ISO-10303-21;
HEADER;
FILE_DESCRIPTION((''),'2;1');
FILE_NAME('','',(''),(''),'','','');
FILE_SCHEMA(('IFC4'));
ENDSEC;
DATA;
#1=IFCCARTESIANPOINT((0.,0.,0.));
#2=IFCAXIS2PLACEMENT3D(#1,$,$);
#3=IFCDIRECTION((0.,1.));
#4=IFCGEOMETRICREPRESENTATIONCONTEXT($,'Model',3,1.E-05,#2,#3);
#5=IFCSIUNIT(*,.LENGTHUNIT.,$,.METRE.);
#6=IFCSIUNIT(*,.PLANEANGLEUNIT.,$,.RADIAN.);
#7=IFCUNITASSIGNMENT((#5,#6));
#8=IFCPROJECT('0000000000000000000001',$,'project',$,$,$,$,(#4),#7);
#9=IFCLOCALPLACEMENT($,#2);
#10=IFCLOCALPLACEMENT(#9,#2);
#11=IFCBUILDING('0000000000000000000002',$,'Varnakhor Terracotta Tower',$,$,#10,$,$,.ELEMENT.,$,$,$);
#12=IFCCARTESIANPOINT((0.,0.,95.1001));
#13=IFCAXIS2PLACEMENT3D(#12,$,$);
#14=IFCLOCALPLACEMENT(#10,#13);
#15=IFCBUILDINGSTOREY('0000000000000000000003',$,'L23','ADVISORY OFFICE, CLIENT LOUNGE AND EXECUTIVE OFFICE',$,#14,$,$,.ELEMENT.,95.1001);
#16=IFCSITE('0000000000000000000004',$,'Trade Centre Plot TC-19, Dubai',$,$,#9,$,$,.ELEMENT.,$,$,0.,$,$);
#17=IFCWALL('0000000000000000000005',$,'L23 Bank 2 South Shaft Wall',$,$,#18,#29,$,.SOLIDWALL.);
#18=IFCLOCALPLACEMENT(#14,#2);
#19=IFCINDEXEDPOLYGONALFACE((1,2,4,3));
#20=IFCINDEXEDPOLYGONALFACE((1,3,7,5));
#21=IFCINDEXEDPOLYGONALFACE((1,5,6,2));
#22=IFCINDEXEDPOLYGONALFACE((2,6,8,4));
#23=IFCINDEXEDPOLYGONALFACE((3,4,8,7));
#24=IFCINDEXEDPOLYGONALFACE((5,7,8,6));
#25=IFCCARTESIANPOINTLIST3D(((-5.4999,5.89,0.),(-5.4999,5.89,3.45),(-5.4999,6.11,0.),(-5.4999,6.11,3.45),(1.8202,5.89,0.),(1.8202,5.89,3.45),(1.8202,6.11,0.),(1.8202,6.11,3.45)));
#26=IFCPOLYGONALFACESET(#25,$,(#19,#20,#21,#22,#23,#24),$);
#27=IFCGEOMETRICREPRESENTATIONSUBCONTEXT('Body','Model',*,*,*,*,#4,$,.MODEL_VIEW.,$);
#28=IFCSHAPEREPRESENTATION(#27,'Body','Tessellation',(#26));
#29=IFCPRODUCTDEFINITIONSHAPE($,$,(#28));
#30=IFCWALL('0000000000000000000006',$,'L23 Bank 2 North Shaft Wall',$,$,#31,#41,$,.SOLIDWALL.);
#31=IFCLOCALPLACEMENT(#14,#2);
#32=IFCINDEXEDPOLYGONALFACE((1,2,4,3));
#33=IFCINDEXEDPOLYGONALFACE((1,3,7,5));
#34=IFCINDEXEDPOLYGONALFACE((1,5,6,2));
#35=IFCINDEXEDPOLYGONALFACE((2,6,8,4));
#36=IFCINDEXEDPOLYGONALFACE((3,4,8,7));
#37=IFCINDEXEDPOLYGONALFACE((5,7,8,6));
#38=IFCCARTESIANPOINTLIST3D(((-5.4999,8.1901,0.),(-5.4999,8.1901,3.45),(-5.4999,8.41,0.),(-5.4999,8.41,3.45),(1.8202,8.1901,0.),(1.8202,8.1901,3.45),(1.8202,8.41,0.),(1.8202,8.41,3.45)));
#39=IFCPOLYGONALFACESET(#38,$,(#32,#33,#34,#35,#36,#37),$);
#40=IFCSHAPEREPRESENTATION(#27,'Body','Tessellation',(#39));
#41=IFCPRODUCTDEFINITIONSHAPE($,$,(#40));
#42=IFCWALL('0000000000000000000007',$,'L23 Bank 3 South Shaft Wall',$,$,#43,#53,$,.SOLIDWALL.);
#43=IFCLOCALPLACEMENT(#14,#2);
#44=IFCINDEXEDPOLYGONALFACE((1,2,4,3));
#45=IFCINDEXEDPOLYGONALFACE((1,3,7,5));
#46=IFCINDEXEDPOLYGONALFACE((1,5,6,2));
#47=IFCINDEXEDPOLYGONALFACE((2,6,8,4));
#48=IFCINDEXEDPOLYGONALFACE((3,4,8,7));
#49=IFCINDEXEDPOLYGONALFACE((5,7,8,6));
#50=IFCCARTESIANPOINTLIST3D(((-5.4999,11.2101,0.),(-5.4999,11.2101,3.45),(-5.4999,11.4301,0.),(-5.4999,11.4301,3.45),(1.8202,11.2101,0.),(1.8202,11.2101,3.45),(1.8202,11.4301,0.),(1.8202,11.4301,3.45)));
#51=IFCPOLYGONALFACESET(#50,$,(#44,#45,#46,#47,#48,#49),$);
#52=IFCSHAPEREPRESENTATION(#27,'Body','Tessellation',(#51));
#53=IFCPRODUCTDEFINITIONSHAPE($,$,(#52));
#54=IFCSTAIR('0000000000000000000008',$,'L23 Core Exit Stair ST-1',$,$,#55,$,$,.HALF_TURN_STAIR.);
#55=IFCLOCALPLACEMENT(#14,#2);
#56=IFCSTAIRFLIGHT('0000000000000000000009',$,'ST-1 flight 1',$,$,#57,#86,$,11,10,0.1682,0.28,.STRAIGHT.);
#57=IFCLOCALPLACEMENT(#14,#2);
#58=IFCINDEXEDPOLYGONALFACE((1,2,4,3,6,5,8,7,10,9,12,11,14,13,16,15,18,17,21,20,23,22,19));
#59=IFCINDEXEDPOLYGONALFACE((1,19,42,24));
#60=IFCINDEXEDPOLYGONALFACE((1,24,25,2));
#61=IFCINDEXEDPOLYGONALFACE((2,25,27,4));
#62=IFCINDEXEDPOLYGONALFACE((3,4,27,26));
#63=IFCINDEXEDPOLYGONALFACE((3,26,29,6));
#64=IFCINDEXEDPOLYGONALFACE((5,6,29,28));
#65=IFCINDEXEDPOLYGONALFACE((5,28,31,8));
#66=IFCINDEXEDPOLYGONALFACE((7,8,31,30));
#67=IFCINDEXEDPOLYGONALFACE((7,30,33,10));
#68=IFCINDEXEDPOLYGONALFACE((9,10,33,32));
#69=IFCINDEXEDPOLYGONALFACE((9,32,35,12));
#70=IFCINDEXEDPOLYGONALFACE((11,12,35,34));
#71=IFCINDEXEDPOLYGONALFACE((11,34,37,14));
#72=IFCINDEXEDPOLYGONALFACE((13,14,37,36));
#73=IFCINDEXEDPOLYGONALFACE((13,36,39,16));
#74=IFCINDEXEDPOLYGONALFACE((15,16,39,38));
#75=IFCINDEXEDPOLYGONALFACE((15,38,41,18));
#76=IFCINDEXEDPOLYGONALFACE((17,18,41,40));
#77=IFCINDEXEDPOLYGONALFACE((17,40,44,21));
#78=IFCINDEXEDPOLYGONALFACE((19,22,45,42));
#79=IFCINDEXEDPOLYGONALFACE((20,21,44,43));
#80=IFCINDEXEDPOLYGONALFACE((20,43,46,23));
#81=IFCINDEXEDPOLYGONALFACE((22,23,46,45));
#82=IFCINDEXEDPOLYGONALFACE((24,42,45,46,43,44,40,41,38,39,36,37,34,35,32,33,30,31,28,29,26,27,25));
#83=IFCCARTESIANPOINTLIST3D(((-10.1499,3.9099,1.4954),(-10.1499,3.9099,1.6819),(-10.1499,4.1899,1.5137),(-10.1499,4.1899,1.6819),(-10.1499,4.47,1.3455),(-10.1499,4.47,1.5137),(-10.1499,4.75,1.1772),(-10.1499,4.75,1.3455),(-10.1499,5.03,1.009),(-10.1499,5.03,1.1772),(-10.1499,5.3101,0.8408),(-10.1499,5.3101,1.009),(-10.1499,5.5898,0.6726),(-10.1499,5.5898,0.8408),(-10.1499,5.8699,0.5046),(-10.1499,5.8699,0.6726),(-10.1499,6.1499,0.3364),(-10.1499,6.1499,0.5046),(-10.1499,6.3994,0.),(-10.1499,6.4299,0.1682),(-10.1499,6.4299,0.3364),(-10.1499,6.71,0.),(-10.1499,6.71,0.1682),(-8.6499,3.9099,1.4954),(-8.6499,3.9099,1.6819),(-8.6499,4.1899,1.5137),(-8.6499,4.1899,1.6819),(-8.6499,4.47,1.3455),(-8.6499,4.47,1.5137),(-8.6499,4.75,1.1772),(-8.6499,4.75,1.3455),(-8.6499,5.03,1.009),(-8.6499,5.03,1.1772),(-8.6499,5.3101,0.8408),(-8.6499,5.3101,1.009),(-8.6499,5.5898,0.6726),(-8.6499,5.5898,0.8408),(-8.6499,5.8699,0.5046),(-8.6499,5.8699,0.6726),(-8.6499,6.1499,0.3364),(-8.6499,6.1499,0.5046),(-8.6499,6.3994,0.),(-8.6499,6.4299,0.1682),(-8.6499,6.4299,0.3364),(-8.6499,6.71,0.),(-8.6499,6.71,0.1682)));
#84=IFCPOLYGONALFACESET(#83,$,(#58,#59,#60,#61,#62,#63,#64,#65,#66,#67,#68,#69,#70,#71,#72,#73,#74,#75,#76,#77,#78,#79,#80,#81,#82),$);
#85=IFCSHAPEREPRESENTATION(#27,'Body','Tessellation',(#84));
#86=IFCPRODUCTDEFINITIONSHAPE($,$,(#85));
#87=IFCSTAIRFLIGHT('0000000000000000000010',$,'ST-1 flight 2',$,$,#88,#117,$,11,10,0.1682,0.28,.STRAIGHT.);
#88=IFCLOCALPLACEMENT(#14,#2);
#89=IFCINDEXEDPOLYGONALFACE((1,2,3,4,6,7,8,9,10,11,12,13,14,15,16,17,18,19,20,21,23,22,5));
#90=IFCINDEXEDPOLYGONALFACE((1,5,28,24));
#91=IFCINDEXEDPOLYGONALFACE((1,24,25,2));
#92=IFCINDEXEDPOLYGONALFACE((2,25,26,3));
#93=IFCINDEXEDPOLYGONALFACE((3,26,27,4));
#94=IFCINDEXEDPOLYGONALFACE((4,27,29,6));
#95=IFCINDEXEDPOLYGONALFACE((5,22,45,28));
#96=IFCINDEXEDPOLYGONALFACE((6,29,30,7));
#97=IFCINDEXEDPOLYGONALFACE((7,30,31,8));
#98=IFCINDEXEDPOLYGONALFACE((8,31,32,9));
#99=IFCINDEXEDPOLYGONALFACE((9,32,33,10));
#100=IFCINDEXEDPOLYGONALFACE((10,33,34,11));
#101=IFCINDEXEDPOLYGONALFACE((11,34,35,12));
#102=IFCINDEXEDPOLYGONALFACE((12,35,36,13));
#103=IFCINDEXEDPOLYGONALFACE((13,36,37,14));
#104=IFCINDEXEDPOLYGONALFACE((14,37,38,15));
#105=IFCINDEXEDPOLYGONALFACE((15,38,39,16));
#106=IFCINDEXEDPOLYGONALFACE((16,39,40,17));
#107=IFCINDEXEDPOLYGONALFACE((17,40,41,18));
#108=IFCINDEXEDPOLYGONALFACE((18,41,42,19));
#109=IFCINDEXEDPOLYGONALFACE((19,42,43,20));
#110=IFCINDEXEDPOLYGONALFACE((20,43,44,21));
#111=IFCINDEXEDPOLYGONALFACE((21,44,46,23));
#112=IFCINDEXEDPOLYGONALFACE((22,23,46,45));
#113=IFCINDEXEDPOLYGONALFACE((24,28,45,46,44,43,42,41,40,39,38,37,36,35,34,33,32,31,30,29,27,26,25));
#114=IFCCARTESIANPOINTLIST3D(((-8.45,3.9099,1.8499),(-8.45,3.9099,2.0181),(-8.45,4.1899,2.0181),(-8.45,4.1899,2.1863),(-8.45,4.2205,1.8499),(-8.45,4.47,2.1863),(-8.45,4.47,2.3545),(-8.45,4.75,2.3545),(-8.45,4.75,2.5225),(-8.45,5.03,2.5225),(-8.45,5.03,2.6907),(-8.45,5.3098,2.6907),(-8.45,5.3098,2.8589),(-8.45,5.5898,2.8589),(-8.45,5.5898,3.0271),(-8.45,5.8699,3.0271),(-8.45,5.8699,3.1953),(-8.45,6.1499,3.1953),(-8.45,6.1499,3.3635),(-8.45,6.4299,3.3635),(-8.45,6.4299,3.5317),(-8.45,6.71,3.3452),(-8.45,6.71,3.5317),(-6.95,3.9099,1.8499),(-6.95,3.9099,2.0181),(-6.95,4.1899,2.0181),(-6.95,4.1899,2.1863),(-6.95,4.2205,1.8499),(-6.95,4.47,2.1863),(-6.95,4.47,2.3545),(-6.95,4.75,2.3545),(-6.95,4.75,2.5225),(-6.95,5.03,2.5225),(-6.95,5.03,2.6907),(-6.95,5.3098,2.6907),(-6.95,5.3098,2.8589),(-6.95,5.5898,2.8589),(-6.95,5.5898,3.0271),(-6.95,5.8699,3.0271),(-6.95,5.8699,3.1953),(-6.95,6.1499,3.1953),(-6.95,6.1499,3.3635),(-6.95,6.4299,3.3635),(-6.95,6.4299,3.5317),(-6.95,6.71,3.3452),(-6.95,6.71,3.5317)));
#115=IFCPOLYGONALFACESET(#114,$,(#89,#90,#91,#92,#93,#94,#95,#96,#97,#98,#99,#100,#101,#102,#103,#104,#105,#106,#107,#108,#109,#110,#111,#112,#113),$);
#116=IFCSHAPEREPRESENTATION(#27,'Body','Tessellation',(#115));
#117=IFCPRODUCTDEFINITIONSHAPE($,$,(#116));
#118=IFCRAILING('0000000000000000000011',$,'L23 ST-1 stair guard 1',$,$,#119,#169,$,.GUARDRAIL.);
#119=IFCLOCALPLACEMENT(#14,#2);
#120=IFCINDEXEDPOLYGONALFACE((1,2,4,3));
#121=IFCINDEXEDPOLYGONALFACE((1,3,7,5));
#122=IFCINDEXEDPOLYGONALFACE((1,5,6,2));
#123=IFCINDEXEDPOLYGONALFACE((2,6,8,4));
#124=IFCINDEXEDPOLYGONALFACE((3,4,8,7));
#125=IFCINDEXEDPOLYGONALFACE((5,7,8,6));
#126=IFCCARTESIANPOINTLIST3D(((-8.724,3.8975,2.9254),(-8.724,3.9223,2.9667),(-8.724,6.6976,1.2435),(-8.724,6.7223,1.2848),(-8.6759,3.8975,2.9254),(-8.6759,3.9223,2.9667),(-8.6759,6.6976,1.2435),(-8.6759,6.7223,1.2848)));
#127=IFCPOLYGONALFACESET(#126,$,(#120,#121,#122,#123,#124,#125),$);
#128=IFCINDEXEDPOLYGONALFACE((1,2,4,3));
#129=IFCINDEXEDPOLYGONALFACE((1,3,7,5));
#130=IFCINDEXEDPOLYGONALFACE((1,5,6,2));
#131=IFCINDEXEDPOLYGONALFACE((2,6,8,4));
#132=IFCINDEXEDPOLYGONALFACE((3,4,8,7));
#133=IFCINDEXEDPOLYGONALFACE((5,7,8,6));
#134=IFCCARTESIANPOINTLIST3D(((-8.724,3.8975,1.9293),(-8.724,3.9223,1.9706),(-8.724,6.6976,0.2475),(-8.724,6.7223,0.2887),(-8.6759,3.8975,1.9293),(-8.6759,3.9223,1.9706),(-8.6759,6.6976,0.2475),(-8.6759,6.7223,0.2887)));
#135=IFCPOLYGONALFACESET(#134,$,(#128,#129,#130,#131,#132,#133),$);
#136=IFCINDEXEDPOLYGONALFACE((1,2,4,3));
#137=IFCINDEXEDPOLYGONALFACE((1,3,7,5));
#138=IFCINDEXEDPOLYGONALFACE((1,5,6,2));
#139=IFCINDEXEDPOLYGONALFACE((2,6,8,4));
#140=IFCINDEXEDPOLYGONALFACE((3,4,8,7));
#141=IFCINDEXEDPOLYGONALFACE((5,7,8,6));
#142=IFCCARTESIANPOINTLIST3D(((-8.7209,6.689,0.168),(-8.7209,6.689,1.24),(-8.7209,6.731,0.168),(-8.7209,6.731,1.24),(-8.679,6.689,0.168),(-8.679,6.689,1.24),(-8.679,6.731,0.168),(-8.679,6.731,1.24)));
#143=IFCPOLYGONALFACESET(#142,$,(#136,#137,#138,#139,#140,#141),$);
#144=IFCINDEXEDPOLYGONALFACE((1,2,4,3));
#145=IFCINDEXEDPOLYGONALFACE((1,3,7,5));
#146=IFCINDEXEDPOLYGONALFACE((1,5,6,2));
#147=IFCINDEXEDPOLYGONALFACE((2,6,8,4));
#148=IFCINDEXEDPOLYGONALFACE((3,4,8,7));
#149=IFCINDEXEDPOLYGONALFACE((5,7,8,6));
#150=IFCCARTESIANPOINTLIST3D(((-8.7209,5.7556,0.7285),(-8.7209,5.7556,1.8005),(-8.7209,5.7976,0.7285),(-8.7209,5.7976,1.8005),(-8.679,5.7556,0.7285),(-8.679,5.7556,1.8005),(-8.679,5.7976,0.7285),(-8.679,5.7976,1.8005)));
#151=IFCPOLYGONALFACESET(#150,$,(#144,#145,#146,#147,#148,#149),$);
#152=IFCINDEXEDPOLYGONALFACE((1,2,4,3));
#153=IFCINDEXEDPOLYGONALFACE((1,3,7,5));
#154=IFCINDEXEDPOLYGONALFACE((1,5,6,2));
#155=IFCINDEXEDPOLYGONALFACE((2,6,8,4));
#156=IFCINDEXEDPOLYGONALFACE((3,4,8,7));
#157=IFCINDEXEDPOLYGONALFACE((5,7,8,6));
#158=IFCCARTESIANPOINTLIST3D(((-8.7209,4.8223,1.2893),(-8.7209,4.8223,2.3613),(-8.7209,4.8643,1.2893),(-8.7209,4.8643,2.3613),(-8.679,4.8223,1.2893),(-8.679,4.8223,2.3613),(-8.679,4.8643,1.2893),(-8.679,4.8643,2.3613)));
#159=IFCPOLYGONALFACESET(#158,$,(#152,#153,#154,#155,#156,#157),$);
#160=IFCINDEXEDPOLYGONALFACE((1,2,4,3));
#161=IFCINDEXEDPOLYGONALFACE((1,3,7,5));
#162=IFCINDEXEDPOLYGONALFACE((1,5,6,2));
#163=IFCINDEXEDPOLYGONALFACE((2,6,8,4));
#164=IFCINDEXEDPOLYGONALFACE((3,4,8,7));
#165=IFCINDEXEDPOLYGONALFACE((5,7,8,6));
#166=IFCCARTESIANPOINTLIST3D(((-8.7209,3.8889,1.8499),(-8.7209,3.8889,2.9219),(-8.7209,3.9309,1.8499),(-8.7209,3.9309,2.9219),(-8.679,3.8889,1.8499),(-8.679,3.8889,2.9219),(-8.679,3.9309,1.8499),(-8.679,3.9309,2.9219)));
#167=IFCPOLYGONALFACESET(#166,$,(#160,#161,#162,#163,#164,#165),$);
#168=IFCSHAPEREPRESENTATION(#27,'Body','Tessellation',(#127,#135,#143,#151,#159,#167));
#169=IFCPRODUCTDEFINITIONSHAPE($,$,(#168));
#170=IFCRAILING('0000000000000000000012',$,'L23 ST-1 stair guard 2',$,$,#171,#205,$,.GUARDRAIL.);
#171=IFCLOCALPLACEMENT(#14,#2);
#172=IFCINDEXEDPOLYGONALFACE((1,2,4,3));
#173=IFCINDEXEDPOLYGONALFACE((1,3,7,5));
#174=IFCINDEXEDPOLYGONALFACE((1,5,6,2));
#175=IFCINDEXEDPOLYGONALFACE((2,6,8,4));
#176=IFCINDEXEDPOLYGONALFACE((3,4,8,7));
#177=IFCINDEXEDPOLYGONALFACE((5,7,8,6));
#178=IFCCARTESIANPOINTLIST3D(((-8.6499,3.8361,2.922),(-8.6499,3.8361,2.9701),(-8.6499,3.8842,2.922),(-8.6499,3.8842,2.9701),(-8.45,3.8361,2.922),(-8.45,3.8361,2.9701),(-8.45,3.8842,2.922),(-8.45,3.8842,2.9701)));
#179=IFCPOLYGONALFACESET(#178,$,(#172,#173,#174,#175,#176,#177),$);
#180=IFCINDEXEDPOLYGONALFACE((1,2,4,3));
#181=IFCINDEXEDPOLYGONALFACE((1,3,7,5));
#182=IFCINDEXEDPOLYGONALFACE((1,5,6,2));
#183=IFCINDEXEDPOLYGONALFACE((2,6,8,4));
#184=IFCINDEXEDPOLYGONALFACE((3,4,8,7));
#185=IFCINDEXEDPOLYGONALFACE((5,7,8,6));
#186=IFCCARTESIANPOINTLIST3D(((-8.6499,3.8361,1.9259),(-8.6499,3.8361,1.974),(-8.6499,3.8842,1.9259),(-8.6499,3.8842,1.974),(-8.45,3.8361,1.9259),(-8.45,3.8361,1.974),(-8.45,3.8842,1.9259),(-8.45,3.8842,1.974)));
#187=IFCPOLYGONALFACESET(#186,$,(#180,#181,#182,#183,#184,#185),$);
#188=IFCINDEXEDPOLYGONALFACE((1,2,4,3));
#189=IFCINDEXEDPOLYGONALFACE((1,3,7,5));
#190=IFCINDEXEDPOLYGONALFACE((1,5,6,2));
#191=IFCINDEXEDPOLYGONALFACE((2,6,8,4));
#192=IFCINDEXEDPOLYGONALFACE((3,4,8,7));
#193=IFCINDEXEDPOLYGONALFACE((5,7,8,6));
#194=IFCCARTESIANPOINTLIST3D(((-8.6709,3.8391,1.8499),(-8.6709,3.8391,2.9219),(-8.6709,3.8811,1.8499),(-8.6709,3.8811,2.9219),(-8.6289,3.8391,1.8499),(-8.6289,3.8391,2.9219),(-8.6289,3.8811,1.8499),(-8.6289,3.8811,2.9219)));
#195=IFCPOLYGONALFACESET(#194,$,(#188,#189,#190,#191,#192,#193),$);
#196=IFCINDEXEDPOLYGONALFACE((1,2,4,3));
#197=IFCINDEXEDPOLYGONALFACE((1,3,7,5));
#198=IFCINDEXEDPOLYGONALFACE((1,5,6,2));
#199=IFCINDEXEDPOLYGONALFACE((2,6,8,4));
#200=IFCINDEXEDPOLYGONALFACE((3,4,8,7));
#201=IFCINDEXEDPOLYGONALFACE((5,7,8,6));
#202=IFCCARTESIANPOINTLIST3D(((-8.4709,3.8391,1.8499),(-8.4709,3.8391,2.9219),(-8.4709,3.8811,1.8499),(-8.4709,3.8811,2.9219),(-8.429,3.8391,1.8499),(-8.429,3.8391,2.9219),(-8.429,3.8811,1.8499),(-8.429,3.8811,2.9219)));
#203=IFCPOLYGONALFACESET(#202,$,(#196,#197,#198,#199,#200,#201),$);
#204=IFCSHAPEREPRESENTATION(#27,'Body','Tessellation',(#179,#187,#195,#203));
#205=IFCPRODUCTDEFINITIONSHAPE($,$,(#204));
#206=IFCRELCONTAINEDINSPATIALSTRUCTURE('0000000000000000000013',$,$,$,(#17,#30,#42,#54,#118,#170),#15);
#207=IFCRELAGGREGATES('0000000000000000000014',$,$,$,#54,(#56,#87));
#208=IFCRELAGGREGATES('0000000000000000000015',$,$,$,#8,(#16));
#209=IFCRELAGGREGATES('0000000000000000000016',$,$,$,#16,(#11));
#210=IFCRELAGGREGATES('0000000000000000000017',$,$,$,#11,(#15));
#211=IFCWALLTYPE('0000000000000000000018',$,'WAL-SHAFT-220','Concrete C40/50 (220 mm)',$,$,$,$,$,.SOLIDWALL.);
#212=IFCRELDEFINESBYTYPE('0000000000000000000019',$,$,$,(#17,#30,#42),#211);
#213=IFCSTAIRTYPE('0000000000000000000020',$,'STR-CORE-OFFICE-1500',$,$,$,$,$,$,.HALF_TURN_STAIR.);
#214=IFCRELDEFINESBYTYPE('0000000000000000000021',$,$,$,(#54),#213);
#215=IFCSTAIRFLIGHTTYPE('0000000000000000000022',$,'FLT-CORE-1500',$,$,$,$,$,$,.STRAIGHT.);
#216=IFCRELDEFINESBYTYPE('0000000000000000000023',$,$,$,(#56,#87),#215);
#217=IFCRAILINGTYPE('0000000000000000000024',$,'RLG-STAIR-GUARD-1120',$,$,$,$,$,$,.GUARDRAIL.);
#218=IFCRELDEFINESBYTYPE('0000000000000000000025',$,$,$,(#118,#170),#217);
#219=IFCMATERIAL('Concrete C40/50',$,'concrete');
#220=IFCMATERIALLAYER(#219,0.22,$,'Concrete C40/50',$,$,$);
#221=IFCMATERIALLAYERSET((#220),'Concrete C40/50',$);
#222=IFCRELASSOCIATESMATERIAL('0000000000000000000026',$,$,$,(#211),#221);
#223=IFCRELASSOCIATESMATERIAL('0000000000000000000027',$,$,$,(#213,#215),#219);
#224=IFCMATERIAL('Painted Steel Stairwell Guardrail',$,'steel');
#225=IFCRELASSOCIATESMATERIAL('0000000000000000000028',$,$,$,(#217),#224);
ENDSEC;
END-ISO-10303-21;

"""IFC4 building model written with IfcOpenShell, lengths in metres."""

from ifc_helpers import new_model, si_unit, direction, frame, frame_2d, origin, origin_2d, place, context, subcontext, project, spatial, polyline, rectangle, outline, extrude, material, layer, layer_set, type_object, element, aggregate, save


model = new_model("IFC4")

# Units and contexts
model_context = context("Model", 3, precision=1e-05, world=origin(), true_north=direction((0.0, 1.0)))
body_context = subcontext(model_context, "Body", "Model", "MODEL_VIEW")
ifc_project = project(units=[si_unit("LENGTHUNIT", "METRE"), si_unit("PLANEANGLEUNIT", "RADIAN")], contexts=[model_context])

# Site, building, storey
site_placement = place(None, origin())
site = spatial("IfcSite", under=ifc_project, at=site_placement, Name="Trade Centre Plot TC-19, Dubai", CompositionType="ELEMENT", RefElevation=0.0)
building_placement = place(site_placement, origin())
building = spatial("IfcBuilding", under=site, at=building_placement, Name="Varnakhor Terracotta Tower", CompositionType="ELEMENT")
storey_placement = place(building_placement, frame((0.0, 0.0, 95.1001)))
storey = spatial("IfcBuildingStorey", under=building, at=storey_placement, Name="L23", Description="ADVISORY OFFICE, CLIENT LOUNGE AND EXECUTIVE OFFICE", CompositionType="ELEMENT", Elevation=95.1001)

# Shared definitions
ifc_material_1 = material(Name="Concrete C40/50", Category="concrete")

# Shared definitions
ifc_layer_1 = layer(ifc_material_1, 0.22, Name="Concrete C40/50")
ifc_layer_set_1 = layer_set([ifc_layer_1], Name="Concrete C40/50")
wall_type_1 = type_object("IfcWallType", Name="WAL-SHAFT-220", Description="Concrete C40/50 (220 mm)", PredefinedType="SOLIDWALL", material=ifc_layer_set_1)

# Walls
for number, where, z_axis, x_axis, name in (
    (1, (-5.5, 6.0, 0.0), (0.0, 0.0, 1.0), (1.0, 0.0, 0.0), "L23 Bank 2 South Shaft Wall"),
    (2, (-5.5, 8.3, 0.0), (0.0, 0.0, 1.0), (1.0, 0.0, 0.0), "L23 Bank 2 North Shaft Wall"),
    (3, (-5.5, 11.3201, 0.0), (0.0, 0.0, 1.0), (1.0, 0.0, 0.0), "L23 Bank 3 South Shaft Wall"),
):
    element("IfcWall", number, at=place(storey_placement, frame(where, z_axis=z_axis, x_axis=x_axis)), inside=storey, type_object=wall_type_1, Name=name, PredefinedType="SOLIDWALL", context=body_context, shape_type="SweptSolid", body=[
        extrude(rectangle(XDim=7.3201, YDim=0.22, at=frame_2d((3.6602, 0.0))), origin(), (0.0, 0.0, 1.0), 3.45),
    ])

# Stair, stair flights
stair_type = type_object("IfcStairType", Name="STR-CORE-OFFICE-1500", PredefinedType="HALF_TURN_STAIR", material=ifc_material_1)
stair_placement = place(storey_placement, origin())
stair = element("IfcStair", 4, at=stair_placement, inside=storey, type_object=stair_type, Name="L23 Core Exit Stair ST-1", PredefinedType="HALF_TURN_STAIR")
stair_flight_type = type_object("IfcStairFlightType", Name="FLT-CORE-1500", PredefinedType="STRAIGHT", material=ifc_material_1)
stair_flight_1_placement = place(storey_placement, frame((-9.3999, 6.71, 0.0), z_axis=(0.0, 0.0, 1.0), x_axis=(0.0, -1.0, 0.0)))
stair_flight_1 = element("IfcStairFlight", 5, at=stair_flight_1_placement, type_object=stair_flight_type, Name="ST-1 flight 1", NumberOfRisers=11, NumberOfTreads=10, PredefinedType="STRAIGHT", RiserHeight=0.1682, TreadLength=0.28, context=body_context, shape_type="SweptSolid", body=[
    extrude(outline(polyline([(0.0, 0.0), (0.0, 0.1682), (0.28, 0.1682), (0.28, 0.3364), (0.5601, 0.3364), (0.5601, 0.5046), (0.8401, 0.5046), (0.8401, 0.6726), (1.1201, 0.6726), (1.1201, 0.8408), (1.3999, 0.8408), (1.3999, 1.009), (1.6799, 1.009), (1.6799, 1.1772), (1.96, 1.1772), (1.96, 1.3455), (2.24, 1.3455), (2.24, 1.5137), (2.52, 1.5137), (2.52, 1.6819), (2.8, 1.6819), (2.8, 1.8501), (2.8, 1.4954), (0.3105, 0.0), (0.0, 0.0)])), frame((0.0, 0.75, 0.0), z_axis=(0.0, -1.0, 0.0), x_axis=(1.0, 0.0, 0.0)), (0.0, 0.0, 1.0), 1.5),
])
stair_flight_2_placement = place(storey_placement, frame((-7.7, 3.9099, 1.8499), z_axis=(0.0, 0.0, 1.0), x_axis=(0.0, 1.0, 0.0)))
stair_flight_2 = element("IfcStairFlight", 6, at=stair_flight_2_placement, type_object=stair_flight_type, Name="ST-1 flight 2", NumberOfRisers=11, NumberOfTreads=10, PredefinedType="STRAIGHT", RiserHeight=0.1682, TreadLength=0.28, context=body_context, shape_type="SweptSolid", body=[
    extrude(outline(polyline([(0.0, 0.0), (0.0, 0.1682), (0.28, 0.1682), (0.28, 0.3364), (0.5601, 0.3364), (0.5601, 0.5046), (0.8401, 0.5046), (0.8401, 0.6726), (1.1201, 0.6726), (1.1201, 0.8408), (1.3999, 0.8408), (1.3999, 1.009), (1.6799, 1.009), (1.6799, 1.1772), (1.96, 1.1772), (1.96, 1.3455), (2.24, 1.3455), (2.24, 1.5137), (2.52, 1.5137), (2.52, 1.6819), (2.8, 1.6819), (2.8, 1.8501), (2.8, 1.4954), (0.3105, 0.0), (0.0, 0.0)])), frame((0.0, 0.75, 0.0), z_axis=(0.0, -1.0, 0.0), x_axis=(1.0, 0.0, 0.0)), (0.0, 0.0, 1.0), 1.5),
])
aggregate(stair, [stair_flight_1, stair_flight_2])

# Railings
ifc_material_2 = material(Name="Painted Steel Stairwell Guardrail", Category="steel")
railing_type_1 = type_object("IfcRailingType", Name="RLG-STAIR-GUARD-1120", PredefinedType="GUARDRAIL", material=ifc_material_2)
railing_1_placement = place(storey_placement, frame((-8.7, 6.71, 0.168)))
element("IfcRailing", 7, at=railing_1_placement, inside=storey, type_object=railing_type_1, Name="L23 ST-1 stair guard 1", PredefinedType="GUARDRAIL", context=body_context, shape_type="SweptSolid", body=[
    extrude(rectangle(XDim=0.0481, YDim=0.0481, at=origin_2d()), frame((0.0, 0.0, 1.0962), z_axis=(0.0, -0.857242, 0.514913), x_axis=(1.0, 0.0, 0.0)), (0.0, 0.0, 1.0), 3.2664),
    extrude(rectangle(XDim=0.0481, YDim=0.0481, at=origin_2d()), frame((0.0, 0.0, 0.1001), z_axis=(0.0, -0.857242, 0.514913), x_axis=(1.0, 0.0, 0.0)), (0.0, 0.0, 1.0), 3.2664),
    extrude(rectangle(XDim=0.042, YDim=0.042, at=origin_2d()), origin(), (0.0, 0.0, 1.0), 1.072),
    extrude(rectangle(XDim=0.042, YDim=0.042, at=origin_2d()), frame((0.0, -0.9333, 0.5605)), (0.0, 0.0, 1.0), 1.072),
    extrude(rectangle(XDim=0.042, YDim=0.042, at=origin_2d()), frame((0.0, -1.8667, 1.1213)), (0.0, 0.0, 1.0), 1.072),
    extrude(rectangle(XDim=0.042, YDim=0.042, at=origin_2d()), frame((0.0, -2.8, 1.6819)), (0.0, 0.0, 1.0), 1.072),
])
railing_2_placement = place(storey_placement, frame((-8.6499, 3.8601, 1.8499)))
element("IfcRailing", 8, at=railing_2_placement, inside=storey, type_object=railing_type_1, Name="L23 ST-1 stair guard 2", PredefinedType="GUARDRAIL", context=body_context, shape_type="SweptSolid", body=[
    extrude(rectangle(XDim=0.0481, YDim=0.0481, at=origin_2d()), frame((0.0, 0.0, 1.0962), z_axis=(1.0, 0.0, 0.0), x_axis=(0.0, 1.0, 0.0)), (0.0, 0.0, 1.0), 0.2),
    extrude(rectangle(XDim=0.0481, YDim=0.0481, at=origin_2d()), frame((0.0, 0.0, 0.1001), z_axis=(1.0, 0.0, 0.0), x_axis=(0.0, 1.0, 0.0)), (0.0, 0.0, 1.0), 0.2),
    extrude(rectangle(XDim=0.042, YDim=0.042, at=origin_2d()), origin(), (0.0, 0.0, 1.0), 1.072),
    extrude(rectangle(XDim=0.042, YDim=0.042, at=origin_2d()), frame((0.2, 0.0, 0.0)), (0.0, 0.0, 1.0), 1.072),
])

save(model, "model.ifc")
